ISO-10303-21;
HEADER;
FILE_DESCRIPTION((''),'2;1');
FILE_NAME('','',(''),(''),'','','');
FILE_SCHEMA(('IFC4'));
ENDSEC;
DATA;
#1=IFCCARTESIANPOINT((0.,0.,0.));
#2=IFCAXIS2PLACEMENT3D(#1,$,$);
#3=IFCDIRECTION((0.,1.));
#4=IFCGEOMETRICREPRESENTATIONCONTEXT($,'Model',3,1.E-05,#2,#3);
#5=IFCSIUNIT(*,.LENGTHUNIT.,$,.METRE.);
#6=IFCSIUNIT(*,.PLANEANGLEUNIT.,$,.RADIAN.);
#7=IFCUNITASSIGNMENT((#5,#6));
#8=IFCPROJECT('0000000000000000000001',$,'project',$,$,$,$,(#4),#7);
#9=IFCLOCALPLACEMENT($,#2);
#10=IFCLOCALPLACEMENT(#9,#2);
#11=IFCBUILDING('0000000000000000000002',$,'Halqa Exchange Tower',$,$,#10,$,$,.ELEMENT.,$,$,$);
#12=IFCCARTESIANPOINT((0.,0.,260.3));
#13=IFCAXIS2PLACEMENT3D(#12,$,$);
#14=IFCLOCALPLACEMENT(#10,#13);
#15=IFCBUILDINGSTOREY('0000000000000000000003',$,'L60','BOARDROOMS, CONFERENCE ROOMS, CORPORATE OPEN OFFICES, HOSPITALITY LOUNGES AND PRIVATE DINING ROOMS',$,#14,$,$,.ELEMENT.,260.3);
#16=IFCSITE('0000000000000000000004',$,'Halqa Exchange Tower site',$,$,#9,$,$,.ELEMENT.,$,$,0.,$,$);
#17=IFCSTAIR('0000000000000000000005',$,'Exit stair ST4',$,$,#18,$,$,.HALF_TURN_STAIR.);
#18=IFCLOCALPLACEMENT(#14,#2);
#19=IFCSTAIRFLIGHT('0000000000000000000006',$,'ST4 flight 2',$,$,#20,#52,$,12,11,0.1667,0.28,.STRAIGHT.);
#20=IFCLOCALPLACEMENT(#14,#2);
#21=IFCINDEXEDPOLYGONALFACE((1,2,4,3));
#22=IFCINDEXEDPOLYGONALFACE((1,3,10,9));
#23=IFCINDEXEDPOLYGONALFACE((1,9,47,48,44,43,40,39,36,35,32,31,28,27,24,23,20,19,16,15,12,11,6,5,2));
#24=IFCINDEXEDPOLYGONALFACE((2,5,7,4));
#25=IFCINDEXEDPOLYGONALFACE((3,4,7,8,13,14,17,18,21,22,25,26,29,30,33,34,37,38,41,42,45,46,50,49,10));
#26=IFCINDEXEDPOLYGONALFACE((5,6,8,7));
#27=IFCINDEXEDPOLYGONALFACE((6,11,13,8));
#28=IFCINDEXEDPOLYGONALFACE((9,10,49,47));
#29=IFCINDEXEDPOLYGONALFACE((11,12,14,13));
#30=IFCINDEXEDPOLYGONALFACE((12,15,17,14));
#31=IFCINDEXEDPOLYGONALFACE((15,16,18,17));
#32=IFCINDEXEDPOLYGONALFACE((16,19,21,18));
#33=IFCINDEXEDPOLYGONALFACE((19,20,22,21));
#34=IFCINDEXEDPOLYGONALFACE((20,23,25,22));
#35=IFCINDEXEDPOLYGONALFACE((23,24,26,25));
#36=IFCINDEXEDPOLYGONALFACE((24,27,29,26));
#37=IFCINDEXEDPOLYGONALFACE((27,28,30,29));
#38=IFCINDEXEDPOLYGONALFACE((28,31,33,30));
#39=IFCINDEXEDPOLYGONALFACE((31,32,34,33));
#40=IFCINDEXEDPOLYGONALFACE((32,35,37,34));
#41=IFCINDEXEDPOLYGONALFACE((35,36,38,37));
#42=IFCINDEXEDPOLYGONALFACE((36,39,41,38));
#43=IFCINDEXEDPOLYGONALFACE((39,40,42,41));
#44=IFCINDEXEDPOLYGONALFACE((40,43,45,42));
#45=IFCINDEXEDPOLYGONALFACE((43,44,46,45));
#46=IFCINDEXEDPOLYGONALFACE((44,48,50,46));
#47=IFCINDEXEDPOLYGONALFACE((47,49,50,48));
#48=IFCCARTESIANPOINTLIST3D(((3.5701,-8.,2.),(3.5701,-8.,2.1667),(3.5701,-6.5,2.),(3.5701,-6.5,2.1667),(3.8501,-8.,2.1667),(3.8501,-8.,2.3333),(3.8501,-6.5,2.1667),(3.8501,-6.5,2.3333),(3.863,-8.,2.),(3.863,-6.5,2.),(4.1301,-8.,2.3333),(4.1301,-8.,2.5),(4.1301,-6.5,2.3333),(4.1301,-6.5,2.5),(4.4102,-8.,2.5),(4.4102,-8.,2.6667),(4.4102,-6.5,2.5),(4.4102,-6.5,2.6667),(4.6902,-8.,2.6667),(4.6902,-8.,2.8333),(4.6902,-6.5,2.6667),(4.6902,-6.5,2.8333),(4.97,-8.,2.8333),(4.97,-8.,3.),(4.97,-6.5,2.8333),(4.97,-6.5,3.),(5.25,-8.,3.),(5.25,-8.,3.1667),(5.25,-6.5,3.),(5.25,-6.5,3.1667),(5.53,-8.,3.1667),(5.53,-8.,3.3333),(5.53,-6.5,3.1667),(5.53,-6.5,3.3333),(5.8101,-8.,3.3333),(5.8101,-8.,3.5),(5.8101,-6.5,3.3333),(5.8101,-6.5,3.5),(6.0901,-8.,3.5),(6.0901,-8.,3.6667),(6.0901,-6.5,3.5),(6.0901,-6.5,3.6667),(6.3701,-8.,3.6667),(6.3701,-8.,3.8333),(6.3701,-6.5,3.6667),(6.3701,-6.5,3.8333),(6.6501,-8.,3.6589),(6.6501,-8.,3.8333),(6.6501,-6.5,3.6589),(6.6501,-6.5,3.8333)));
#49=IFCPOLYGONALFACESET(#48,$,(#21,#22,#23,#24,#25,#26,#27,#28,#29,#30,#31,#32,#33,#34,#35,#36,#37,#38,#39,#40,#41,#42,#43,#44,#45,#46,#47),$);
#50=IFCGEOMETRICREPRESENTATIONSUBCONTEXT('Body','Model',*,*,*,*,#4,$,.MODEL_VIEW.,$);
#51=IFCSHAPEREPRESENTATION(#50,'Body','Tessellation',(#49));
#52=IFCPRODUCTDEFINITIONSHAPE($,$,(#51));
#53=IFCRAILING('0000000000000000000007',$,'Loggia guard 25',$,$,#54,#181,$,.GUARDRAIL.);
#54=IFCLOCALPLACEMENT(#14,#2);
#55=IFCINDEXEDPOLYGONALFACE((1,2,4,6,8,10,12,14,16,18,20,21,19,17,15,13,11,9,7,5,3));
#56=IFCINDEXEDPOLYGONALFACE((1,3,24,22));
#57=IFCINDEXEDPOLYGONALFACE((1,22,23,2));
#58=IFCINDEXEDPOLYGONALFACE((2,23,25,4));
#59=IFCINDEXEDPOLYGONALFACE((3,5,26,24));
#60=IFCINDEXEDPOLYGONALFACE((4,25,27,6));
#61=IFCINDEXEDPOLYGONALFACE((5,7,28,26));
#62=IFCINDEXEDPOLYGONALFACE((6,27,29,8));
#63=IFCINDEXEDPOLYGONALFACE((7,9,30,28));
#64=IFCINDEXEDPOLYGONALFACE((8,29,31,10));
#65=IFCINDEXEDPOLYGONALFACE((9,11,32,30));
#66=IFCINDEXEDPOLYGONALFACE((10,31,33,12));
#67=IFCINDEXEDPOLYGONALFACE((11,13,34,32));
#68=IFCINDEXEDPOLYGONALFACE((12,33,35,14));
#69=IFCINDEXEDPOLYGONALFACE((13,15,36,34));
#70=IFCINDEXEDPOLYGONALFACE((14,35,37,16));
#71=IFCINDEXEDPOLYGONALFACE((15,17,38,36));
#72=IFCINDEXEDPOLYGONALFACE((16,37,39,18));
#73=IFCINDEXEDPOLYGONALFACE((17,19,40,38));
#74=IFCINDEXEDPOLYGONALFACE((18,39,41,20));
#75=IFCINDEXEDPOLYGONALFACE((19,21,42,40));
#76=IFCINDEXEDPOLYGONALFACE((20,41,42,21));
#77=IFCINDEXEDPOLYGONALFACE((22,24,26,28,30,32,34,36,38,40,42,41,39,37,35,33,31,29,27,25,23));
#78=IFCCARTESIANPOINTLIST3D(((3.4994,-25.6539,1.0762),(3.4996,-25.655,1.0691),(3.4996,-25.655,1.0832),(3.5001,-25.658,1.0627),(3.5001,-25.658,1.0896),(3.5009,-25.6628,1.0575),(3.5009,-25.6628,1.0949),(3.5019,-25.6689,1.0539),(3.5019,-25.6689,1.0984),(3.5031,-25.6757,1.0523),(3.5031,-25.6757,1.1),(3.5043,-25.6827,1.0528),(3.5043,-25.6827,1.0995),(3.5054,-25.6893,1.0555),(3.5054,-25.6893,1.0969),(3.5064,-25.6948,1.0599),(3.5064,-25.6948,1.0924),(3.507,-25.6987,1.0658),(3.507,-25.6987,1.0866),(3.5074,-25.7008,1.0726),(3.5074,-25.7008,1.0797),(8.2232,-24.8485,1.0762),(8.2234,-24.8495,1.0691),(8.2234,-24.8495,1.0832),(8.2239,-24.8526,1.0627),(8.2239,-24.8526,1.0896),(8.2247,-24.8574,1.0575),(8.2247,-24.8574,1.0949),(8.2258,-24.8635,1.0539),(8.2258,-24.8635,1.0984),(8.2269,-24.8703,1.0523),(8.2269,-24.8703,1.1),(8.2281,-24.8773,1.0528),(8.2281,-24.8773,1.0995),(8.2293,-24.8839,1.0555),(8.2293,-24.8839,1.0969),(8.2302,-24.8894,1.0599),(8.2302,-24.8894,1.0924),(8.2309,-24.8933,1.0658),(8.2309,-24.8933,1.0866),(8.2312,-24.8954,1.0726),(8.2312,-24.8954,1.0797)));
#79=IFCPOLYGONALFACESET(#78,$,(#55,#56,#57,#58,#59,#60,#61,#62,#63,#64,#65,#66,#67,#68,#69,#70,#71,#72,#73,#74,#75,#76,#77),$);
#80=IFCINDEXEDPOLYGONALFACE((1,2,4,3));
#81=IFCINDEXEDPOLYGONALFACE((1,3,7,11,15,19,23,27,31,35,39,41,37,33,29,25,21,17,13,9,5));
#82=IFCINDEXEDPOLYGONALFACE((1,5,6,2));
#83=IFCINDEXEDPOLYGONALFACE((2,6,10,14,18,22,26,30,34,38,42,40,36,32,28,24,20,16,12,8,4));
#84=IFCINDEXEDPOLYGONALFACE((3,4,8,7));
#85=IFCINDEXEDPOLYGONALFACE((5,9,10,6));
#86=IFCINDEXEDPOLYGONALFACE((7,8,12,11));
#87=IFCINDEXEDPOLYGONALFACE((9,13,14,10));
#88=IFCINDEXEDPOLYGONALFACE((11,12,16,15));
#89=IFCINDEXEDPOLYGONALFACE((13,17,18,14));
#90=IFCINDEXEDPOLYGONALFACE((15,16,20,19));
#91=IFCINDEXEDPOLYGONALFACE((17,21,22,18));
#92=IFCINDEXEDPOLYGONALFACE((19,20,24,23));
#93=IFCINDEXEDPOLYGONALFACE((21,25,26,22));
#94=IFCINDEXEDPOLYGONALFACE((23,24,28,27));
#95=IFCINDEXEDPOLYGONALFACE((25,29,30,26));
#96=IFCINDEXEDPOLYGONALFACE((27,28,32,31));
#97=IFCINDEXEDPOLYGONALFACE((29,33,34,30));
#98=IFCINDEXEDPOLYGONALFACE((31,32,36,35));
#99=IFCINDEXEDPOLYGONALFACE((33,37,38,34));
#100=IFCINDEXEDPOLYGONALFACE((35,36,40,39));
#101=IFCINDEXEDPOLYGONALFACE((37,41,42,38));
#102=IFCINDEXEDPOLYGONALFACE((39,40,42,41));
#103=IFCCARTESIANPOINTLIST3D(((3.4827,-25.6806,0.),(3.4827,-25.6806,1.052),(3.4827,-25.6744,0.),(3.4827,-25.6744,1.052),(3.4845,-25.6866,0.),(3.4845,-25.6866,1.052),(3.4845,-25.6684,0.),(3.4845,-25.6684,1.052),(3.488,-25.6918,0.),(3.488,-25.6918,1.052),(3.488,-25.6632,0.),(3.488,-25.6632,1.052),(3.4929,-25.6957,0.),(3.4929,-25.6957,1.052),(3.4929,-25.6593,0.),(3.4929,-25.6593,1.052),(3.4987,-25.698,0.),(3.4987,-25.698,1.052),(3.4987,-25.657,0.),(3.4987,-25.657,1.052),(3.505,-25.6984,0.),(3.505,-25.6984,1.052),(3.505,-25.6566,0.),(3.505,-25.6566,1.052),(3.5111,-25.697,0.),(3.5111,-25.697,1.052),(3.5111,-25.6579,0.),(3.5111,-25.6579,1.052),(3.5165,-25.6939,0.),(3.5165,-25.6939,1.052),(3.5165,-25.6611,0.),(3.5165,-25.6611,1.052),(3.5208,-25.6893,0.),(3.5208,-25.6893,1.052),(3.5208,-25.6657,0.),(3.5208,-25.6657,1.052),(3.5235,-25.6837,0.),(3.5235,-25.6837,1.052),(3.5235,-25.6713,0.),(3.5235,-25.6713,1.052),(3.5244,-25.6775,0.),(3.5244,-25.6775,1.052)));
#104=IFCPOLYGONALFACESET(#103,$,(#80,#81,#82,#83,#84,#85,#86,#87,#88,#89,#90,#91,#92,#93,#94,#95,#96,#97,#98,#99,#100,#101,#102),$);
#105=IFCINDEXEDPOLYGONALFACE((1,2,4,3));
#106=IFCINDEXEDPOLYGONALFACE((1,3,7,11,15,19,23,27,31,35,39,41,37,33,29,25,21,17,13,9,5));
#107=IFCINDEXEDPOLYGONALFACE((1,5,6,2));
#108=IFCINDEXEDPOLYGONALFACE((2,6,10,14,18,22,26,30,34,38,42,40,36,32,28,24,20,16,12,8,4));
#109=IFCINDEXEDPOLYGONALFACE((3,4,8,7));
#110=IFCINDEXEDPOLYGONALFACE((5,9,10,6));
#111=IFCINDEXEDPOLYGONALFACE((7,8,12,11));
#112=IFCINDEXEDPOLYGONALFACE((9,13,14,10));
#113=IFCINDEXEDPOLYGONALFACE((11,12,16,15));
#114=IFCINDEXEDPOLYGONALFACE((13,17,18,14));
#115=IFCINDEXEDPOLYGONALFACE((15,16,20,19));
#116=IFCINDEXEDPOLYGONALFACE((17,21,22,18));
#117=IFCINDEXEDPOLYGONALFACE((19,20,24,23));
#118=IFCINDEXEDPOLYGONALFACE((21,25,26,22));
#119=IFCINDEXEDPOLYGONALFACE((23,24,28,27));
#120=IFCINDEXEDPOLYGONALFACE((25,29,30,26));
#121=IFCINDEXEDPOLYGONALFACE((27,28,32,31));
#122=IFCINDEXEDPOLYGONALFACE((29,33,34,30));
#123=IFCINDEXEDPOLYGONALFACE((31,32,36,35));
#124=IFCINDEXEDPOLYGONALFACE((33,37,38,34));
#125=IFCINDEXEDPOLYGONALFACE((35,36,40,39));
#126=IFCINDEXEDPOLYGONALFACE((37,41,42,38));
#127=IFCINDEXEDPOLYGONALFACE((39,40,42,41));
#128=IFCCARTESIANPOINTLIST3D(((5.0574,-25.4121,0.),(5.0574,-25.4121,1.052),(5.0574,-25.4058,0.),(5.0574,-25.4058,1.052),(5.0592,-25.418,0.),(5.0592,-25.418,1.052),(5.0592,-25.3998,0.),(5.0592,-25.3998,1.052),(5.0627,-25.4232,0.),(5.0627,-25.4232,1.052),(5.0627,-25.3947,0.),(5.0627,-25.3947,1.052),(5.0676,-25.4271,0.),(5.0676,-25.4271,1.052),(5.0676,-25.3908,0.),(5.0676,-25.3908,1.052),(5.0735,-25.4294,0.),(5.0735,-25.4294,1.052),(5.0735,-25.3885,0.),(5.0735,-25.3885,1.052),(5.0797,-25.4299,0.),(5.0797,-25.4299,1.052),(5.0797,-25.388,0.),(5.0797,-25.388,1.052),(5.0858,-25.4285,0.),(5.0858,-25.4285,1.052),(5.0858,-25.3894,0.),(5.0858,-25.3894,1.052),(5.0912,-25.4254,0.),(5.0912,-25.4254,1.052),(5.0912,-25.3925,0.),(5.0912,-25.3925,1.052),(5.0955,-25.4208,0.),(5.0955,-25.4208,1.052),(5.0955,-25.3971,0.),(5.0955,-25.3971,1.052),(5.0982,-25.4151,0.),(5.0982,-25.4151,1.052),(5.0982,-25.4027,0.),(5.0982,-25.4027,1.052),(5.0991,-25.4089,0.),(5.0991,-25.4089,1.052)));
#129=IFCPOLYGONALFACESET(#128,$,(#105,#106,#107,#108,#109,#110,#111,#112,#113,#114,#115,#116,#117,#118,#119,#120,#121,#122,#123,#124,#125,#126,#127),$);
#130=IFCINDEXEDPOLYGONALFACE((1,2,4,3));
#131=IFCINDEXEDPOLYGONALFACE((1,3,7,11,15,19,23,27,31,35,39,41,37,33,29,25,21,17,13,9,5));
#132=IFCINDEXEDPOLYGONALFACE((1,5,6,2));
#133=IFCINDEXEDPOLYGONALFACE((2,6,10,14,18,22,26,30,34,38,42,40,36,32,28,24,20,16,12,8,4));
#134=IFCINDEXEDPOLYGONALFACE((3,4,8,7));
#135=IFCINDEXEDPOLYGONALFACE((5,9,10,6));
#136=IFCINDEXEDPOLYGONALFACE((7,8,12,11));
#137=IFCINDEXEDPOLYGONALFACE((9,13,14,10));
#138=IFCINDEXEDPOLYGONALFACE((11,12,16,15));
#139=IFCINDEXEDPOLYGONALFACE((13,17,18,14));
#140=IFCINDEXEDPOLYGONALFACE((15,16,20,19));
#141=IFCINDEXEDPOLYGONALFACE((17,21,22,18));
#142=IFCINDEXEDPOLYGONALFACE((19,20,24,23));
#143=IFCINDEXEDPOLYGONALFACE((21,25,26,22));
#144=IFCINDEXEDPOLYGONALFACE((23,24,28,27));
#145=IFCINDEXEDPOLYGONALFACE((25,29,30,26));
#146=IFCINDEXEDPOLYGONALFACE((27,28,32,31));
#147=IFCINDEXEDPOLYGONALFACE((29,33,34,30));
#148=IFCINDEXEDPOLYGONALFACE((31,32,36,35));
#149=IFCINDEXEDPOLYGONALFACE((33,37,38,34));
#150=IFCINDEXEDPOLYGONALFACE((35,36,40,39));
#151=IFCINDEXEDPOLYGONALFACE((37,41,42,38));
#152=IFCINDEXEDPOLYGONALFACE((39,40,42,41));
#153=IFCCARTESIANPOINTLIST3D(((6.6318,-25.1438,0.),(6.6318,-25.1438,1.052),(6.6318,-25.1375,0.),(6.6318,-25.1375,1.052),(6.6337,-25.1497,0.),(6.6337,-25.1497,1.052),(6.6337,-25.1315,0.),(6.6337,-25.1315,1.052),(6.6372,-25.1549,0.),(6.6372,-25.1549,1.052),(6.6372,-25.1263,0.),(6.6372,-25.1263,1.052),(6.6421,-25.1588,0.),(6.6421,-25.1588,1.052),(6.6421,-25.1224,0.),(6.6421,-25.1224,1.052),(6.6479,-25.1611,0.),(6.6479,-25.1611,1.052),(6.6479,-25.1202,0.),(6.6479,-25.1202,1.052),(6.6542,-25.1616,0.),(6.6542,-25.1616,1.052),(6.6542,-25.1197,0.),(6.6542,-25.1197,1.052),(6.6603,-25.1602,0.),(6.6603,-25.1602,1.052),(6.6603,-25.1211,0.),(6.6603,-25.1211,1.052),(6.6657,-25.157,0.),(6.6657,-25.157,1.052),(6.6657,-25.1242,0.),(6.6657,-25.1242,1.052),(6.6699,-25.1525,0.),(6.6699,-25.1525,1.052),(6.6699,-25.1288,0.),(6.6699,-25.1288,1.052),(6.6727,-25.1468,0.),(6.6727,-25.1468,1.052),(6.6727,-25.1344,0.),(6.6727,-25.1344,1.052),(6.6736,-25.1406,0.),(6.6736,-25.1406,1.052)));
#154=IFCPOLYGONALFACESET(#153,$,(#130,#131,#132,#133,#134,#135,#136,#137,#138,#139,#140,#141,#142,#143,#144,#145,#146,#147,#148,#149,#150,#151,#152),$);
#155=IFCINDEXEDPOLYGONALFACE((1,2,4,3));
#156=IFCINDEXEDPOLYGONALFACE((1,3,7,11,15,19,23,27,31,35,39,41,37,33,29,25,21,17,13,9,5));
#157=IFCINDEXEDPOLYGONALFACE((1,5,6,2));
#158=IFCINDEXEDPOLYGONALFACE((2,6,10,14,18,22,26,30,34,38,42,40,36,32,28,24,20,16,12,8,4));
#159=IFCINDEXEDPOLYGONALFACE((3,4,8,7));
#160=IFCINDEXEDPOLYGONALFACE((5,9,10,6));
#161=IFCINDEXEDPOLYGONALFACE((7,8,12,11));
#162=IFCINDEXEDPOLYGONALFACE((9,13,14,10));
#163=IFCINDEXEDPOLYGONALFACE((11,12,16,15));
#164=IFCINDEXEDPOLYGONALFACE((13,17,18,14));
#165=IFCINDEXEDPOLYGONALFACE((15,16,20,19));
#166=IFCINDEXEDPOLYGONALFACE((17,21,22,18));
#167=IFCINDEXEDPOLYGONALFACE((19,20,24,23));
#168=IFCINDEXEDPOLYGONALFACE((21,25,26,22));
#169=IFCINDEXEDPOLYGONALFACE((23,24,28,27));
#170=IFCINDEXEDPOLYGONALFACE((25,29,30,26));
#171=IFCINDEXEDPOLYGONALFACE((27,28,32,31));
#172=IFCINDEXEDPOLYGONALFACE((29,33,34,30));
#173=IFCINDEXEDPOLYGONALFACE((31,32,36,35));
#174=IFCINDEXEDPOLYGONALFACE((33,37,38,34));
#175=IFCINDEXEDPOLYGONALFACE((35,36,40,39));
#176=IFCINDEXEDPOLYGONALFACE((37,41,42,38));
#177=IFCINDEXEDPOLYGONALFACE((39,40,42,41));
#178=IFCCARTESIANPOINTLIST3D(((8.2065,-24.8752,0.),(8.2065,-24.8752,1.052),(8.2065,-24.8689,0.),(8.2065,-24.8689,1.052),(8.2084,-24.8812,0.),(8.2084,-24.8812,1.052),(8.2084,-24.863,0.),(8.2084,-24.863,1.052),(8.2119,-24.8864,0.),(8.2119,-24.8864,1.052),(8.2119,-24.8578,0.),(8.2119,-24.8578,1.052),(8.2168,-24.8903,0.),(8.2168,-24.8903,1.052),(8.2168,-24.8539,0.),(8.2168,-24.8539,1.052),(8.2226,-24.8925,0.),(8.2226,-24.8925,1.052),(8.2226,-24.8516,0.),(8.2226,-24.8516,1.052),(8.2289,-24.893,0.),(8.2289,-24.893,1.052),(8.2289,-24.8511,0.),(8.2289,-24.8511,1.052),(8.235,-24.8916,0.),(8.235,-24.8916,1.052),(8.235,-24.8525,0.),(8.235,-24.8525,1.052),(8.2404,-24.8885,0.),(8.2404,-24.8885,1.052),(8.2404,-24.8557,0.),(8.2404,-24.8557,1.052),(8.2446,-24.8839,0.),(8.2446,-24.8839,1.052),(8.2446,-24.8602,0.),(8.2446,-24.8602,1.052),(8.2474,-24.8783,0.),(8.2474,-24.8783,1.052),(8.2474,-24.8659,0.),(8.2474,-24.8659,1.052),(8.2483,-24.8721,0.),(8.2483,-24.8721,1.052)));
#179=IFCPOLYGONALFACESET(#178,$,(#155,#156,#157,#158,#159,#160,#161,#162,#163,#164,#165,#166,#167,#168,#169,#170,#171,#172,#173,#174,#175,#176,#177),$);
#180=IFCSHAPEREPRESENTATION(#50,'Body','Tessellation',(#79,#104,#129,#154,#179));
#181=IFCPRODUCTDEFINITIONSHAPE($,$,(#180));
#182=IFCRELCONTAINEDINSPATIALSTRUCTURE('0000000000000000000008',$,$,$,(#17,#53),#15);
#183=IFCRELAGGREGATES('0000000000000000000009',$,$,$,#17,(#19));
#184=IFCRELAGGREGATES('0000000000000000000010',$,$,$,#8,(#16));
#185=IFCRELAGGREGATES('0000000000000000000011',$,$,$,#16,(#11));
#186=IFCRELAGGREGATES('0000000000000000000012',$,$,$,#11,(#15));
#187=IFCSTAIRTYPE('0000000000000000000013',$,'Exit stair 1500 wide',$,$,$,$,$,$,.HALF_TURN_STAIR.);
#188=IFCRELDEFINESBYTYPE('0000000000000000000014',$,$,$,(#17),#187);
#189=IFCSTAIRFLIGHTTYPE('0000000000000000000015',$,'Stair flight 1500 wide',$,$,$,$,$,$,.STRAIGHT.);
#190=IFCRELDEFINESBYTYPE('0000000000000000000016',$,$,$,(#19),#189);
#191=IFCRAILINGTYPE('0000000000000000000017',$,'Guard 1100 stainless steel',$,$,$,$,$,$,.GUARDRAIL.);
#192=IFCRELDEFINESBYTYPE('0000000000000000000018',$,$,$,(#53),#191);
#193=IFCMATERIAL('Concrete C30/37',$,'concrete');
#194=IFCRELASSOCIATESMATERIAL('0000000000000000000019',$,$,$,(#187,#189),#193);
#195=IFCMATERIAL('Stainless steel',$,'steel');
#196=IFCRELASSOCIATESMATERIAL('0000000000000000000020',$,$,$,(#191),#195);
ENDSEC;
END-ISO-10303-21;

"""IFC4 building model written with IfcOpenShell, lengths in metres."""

from ifc_helpers import new_model, si_unit, direction, frame, origin, origin_2d, place, context, subcontext, project, spatial, polyline, circle, outline, extrude, material, type_object, element, aggregate, save


model = new_model("IFC4")

# Units and contexts
model_context = context("Model", 3, precision=1e-05, world=origin(), true_north=direction((0.0, 1.0)))
body_context = subcontext(model_context, "Body", "Model", "MODEL_VIEW")
ifc_project = project(units=[si_unit("LENGTHUNIT", "METRE"), si_unit("PLANEANGLEUNIT", "RADIAN")], contexts=[model_context])

# Site, building, storey
site_placement = place(None, origin())
site = spatial("IfcSite", under=ifc_project, at=site_placement, Name="Halqa Exchange Tower site", CompositionType="ELEMENT", RefElevation=0.0)
building_placement = place(site_placement, origin())
building = spatial("IfcBuilding", under=site, at=building_placement, Name="Halqa Exchange Tower", CompositionType="ELEMENT")
storey_placement = place(building_placement, frame((0.0, 0.0, 260.3)))
storey = spatial("IfcBuildingStorey", under=building, at=storey_placement, Name="L60", Description="BOARDROOMS, CONFERENCE ROOMS, CORPORATE OPEN OFFICES, HOSPITALITY LOUNGES AND PRIVATE DINING ROOMS", CompositionType="ELEMENT", Elevation=260.3)

# Shared definitions
ifc_material_1 = material(Name="Concrete C30/37", Category="concrete")

# Stair, stair flight
stair_type = type_object("IfcStairType", Name="Exit stair 1500 wide", PredefinedType="HALF_TURN_STAIR", material=ifc_material_1)
stair_placement = place(storey_placement, origin())
stair = element("IfcStair", 1, at=stair_placement, inside=storey, type_object=stair_type, Name="Exit stair ST4", PredefinedType="HALF_TURN_STAIR")
stair_flight_type = type_object("IfcStairFlightType", Name="Stair flight 1500 wide", PredefinedType="STRAIGHT", material=ifc_material_1)
stair_flight_1_placement = place(storey_placement, frame((3.5701, -7.25, 2.0), z_axis=(0.0, 0.0, 1.0), x_axis=(1.0, 0.0, 0.0)))
stair_flight_1 = element("IfcStairFlight", 2, at=stair_flight_1_placement, type_object=stair_flight_type, Name="ST4 flight 2", NumberOfRisers=12, NumberOfTreads=11, PredefinedType="STRAIGHT", RiserHeight=0.1667, TreadLength=0.28, context=body_context, shape_type="SweptSolid", body=[
    extrude(outline(polyline([(0.0, 0.0), (0.0, 0.1667), (0.28, 0.1667), (0.28, 0.3333), (0.5601, 0.3333), (0.5601, 0.5), (0.8401, 0.5), (0.8401, 0.6667), (1.1201, 0.6667), (1.1201, 0.8333), (1.3999, 0.8333), (1.3999, 1.0), (1.6799, 1.0), (1.6799, 1.1667), (1.96, 1.1667), (1.96, 1.3333), (2.24, 1.3333), (2.24, 1.5), (2.52, 1.5), (2.52, 1.6667), (2.8, 1.6667), (2.8, 1.8333), (3.0801, 1.8333), (3.0801, 2.0), (3.0801, 1.6589), (0.293, 0.0), (0.0, 0.0)])), frame((0.0, 0.75, 0.0), z_axis=(0.0, -1.0, 0.0), x_axis=(1.0, 0.0, 0.0)), (0.0, 0.0, 1.0), 1.5),
])
aggregate(stair, [stair_flight_1])

# Railing
ifc_material_2 = material(Name="Stainless steel", Category="steel")
railing_type_1 = type_object("IfcRailingType", Name="Guard 1100 stainless steel", PredefinedType="GUARDRAIL", material=ifc_material_2)
railing_1_placement = place(storey_placement, frame((3.5034, -25.6775, 0.0)))
element("IfcRailing", 3, at=railing_1_placement, inside=storey, type_object=railing_type_1, Name="Loggia guard 25", PredefinedType="GUARDRAIL", context=body_context, shape_type="SweptSolid", body=[
    extrude(circle(Radius=0.0239, at=origin_2d()), frame((0.0, 0.0, 1.0762), z_axis=(0.985774, 0.168074, 0.0), x_axis=(-0.168074, 0.985774, 0.0)), (0.0, 0.0, 1.0), 4.792),
    extrude(circle(Radius=0.021, at=origin_2d()), origin(), (0.0, 0.0, 1.0), 1.052),
    extrude(circle(Radius=0.021, at=origin_2d()), frame((1.5747, 0.2686, 0.0)), (0.0, 0.0, 1.0), 1.052),
    extrude(circle(Radius=0.021, at=origin_2d()), frame((3.1492, 0.5369, 0.0)), (0.0, 0.0, 1.0), 1.052),
    extrude(circle(Radius=0.021, at=origin_2d()), frame((4.7239, 0.8054, 0.0)), (0.0, 0.0, 1.0), 1.052),
])

save(model, "model.ifc")
